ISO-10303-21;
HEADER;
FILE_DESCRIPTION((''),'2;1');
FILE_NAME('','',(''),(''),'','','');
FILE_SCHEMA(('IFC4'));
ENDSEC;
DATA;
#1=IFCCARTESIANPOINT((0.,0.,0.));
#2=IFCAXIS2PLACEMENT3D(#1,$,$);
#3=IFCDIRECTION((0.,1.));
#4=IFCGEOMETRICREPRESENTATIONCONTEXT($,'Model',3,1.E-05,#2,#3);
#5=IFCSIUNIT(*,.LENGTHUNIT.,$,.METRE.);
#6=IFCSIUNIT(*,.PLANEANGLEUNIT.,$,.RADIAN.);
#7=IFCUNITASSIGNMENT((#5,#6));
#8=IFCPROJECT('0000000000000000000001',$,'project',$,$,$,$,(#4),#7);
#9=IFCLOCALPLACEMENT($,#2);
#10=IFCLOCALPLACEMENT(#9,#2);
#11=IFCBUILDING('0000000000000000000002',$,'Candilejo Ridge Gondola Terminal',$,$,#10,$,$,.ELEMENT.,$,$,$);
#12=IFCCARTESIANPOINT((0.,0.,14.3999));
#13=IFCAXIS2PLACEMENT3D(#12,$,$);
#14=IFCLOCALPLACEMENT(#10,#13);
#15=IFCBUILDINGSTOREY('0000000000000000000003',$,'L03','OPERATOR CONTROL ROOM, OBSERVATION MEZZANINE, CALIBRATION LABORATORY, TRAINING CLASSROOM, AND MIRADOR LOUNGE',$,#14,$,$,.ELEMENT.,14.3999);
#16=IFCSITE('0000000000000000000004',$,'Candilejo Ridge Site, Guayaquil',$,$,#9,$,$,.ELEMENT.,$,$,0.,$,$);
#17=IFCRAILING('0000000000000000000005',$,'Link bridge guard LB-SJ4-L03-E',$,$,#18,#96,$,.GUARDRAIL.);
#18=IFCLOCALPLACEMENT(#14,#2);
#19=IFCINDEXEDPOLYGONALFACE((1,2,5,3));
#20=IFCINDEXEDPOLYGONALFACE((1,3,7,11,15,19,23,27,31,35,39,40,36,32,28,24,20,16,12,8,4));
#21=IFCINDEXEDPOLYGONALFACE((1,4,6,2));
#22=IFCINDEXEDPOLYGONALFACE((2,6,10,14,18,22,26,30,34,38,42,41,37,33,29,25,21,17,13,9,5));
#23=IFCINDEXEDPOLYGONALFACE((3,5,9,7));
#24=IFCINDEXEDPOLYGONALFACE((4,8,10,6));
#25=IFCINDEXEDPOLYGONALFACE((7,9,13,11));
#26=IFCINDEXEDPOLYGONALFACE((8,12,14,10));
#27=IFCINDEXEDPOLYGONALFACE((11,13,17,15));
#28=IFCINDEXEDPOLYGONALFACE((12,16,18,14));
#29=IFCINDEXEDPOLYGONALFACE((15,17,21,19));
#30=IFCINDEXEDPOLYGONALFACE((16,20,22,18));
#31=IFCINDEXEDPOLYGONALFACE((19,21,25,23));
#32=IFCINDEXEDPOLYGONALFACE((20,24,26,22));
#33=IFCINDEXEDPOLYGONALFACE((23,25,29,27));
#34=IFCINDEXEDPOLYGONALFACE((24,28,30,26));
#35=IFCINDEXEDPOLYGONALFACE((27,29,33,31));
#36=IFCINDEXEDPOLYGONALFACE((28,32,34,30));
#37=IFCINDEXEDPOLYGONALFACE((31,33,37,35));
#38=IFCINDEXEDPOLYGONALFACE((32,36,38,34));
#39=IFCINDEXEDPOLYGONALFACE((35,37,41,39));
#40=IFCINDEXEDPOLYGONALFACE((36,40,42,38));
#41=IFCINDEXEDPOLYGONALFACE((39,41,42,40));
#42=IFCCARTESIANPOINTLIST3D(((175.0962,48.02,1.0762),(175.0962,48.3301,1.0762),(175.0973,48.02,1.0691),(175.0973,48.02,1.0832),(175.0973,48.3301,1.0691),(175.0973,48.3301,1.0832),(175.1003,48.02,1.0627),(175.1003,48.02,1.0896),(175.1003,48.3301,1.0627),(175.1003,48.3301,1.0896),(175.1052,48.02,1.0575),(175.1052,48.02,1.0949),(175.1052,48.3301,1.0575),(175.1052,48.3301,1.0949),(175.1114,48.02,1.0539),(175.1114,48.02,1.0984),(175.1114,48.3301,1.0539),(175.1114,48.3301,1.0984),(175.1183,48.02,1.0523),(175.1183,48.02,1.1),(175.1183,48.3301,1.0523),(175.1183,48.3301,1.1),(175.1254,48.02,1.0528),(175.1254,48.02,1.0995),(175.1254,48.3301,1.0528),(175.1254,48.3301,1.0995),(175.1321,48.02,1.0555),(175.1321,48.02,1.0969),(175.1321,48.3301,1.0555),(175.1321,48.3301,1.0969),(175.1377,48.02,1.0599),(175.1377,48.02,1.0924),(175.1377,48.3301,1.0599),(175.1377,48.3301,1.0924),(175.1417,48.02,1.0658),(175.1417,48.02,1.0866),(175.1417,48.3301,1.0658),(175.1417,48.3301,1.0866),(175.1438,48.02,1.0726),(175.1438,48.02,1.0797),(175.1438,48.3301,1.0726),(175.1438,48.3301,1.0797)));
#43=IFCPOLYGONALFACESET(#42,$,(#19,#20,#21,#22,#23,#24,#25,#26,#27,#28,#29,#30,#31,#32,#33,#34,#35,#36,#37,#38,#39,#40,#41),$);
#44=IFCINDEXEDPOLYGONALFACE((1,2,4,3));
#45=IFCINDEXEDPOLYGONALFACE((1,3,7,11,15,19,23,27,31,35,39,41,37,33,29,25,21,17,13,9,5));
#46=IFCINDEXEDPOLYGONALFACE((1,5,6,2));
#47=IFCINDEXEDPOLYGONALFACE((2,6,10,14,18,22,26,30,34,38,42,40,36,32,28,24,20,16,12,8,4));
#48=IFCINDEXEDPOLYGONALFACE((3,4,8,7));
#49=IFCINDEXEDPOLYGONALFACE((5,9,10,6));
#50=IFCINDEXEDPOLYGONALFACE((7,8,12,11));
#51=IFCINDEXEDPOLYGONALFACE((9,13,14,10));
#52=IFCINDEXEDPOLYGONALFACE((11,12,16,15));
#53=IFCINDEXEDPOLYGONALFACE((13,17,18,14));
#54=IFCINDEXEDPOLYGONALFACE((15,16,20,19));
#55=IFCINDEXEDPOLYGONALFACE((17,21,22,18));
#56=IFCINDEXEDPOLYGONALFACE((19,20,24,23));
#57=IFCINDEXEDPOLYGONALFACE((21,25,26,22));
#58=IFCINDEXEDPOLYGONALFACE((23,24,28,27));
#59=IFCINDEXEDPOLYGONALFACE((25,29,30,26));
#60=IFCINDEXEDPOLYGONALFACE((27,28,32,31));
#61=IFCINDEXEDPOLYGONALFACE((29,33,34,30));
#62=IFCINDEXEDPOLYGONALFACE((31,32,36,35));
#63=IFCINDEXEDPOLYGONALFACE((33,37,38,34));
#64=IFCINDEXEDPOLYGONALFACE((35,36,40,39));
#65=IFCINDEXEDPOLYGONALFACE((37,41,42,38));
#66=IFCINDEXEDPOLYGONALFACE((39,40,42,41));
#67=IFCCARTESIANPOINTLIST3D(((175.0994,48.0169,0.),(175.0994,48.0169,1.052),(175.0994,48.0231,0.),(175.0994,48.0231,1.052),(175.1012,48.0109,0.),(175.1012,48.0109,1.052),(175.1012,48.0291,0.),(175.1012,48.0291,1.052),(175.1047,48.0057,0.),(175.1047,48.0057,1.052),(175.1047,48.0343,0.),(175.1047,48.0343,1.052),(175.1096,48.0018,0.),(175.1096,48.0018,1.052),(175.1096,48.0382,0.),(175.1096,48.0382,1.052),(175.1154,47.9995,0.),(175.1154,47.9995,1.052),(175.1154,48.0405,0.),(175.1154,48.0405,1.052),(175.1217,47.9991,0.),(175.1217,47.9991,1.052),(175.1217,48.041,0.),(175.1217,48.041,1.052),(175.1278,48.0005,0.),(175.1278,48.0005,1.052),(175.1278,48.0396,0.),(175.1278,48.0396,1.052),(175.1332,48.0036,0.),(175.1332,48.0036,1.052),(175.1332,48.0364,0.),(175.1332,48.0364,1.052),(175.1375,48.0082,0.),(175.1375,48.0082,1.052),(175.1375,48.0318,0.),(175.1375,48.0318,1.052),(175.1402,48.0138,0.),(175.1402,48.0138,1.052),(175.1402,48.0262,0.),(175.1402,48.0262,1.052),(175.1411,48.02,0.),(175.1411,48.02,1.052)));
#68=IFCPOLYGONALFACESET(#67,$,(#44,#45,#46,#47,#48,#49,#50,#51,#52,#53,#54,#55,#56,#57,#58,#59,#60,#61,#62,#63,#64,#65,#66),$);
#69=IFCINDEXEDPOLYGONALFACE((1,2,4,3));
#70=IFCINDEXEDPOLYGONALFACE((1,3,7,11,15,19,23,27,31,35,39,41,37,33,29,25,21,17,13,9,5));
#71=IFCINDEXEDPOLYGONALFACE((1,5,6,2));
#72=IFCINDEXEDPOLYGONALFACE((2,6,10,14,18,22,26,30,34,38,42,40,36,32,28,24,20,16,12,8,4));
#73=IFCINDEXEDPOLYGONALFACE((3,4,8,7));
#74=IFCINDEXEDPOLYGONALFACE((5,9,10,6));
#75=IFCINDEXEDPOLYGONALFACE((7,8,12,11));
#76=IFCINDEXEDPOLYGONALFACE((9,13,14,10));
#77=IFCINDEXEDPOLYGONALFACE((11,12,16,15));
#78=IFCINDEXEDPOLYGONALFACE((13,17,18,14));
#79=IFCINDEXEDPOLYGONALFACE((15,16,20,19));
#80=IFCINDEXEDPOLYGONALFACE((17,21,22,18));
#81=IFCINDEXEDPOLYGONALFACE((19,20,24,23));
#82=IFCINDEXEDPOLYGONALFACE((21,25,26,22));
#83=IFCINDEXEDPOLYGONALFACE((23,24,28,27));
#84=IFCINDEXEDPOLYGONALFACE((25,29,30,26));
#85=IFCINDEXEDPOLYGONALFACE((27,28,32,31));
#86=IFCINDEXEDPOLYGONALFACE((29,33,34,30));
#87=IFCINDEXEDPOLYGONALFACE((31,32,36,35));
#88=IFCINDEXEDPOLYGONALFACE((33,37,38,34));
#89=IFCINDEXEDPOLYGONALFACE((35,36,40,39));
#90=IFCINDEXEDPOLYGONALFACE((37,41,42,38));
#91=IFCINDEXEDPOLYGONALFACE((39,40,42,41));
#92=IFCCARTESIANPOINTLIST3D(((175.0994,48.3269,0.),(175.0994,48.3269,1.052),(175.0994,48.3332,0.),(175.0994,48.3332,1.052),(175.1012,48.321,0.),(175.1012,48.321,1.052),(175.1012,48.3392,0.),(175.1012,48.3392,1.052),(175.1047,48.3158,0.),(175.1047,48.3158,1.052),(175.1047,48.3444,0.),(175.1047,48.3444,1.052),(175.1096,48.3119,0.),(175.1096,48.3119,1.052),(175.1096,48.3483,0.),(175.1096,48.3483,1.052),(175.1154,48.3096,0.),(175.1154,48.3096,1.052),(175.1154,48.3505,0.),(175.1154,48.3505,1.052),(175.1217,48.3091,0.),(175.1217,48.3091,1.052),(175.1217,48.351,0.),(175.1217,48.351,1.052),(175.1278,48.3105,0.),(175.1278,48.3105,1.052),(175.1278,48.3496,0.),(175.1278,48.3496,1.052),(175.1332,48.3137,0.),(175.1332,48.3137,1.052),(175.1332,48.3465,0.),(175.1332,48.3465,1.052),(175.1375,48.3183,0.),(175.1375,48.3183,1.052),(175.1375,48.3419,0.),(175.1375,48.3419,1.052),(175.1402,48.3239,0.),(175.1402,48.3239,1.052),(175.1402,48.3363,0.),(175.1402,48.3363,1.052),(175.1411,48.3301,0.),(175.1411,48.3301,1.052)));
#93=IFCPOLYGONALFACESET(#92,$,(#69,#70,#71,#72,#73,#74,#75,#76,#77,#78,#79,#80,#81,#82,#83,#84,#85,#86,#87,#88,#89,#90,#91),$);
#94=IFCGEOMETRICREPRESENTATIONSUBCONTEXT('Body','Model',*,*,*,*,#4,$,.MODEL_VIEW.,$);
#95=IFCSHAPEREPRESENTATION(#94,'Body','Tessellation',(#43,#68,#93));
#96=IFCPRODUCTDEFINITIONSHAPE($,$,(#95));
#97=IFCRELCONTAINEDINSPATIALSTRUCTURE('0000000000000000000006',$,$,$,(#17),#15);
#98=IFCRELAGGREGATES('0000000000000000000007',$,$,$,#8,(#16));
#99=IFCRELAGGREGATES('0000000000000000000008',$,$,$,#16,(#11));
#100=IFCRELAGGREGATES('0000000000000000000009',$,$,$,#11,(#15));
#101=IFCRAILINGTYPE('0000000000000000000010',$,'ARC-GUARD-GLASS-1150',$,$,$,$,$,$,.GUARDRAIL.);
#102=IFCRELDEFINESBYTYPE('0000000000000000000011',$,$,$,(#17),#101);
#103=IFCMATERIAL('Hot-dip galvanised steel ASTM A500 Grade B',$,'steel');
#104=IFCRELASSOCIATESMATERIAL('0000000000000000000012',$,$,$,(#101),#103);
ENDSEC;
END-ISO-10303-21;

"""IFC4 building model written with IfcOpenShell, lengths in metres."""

from ifc_helpers import new_model, si_unit, direction, frame, origin, origin_2d, place, context, subcontext, project, spatial, circle, extrude, material, type_object, element, save


model = new_model("IFC4")

# Units and contexts
model_context = context("Model", 3, precision=1e-05, world=origin(), true_north=direction((0.0, 1.0)))
body_context = subcontext(model_context, "Body", "Model", "MODEL_VIEW")
ifc_project = project(units=[si_unit("LENGTHUNIT", "METRE"), si_unit("PLANEANGLEUNIT", "RADIAN")], contexts=[model_context])

# Site, building, storey
site_placement = place(None, origin())
site = spatial("IfcSite", under=ifc_project, at=site_placement, Name="Candilejo Ridge Site, Guayaquil", CompositionType="ELEMENT", RefElevation=0.0)
building_placement = place(site_placement, origin())
building = spatial("IfcBuilding", under=site, at=building_placement, Name="Candilejo Ridge Gondola Terminal", CompositionType="ELEMENT")
storey_placement = place(building_placement, frame((0.0, 0.0, 14.3999)))
storey = spatial("IfcBuildingStorey", under=building, at=storey_placement, Name="L03", Description="OPERATOR CONTROL ROOM, OBSERVATION MEZZANINE, CALIBRATION LABORATORY, TRAINING CLASSROOM, AND MIRADOR LOUNGE", CompositionType="ELEMENT", Elevation=14.3999)

# Railing
ifc_material_1 = material(Name="Hot-dip galvanised steel ASTM A500 Grade B", Category="steel")
railing_type = type_object("IfcRailingType", Name="ARC-GUARD-GLASS-1150", PredefinedType="GUARDRAIL", material=ifc_material_1)
for number, where, name in (
    (1, (175.1201, 48.02, 0.0), "Link bridge guard LB-SJ4-L03-E"),
):
    element("IfcRailing", number, at=place(storey_placement, frame(where)), inside=storey, type_object=railing_type, Name=name, PredefinedType="GUARDRAIL", context=body_context, shape_type="SweptSolid", body=[
        extrude(circle(Radius=0.0239, at=origin_2d()), frame((0.0, 0.0, 1.0762), z_axis=(0.0, 1.0, 0.0), x_axis=(-1.0, 0.0, 0.0)), (0.0, 0.0, 1.0), 0.3101),
        extrude(circle(Radius=0.021, at=origin_2d()), origin(), (0.0, 0.0, 1.0), 1.052),
        extrude(circle(Radius=0.021, at=origin_2d()), frame((0.0, 0.3101, 0.0)), (0.0, 0.0, 1.0), 1.052),
    ])

save(model, "model.ifc")
